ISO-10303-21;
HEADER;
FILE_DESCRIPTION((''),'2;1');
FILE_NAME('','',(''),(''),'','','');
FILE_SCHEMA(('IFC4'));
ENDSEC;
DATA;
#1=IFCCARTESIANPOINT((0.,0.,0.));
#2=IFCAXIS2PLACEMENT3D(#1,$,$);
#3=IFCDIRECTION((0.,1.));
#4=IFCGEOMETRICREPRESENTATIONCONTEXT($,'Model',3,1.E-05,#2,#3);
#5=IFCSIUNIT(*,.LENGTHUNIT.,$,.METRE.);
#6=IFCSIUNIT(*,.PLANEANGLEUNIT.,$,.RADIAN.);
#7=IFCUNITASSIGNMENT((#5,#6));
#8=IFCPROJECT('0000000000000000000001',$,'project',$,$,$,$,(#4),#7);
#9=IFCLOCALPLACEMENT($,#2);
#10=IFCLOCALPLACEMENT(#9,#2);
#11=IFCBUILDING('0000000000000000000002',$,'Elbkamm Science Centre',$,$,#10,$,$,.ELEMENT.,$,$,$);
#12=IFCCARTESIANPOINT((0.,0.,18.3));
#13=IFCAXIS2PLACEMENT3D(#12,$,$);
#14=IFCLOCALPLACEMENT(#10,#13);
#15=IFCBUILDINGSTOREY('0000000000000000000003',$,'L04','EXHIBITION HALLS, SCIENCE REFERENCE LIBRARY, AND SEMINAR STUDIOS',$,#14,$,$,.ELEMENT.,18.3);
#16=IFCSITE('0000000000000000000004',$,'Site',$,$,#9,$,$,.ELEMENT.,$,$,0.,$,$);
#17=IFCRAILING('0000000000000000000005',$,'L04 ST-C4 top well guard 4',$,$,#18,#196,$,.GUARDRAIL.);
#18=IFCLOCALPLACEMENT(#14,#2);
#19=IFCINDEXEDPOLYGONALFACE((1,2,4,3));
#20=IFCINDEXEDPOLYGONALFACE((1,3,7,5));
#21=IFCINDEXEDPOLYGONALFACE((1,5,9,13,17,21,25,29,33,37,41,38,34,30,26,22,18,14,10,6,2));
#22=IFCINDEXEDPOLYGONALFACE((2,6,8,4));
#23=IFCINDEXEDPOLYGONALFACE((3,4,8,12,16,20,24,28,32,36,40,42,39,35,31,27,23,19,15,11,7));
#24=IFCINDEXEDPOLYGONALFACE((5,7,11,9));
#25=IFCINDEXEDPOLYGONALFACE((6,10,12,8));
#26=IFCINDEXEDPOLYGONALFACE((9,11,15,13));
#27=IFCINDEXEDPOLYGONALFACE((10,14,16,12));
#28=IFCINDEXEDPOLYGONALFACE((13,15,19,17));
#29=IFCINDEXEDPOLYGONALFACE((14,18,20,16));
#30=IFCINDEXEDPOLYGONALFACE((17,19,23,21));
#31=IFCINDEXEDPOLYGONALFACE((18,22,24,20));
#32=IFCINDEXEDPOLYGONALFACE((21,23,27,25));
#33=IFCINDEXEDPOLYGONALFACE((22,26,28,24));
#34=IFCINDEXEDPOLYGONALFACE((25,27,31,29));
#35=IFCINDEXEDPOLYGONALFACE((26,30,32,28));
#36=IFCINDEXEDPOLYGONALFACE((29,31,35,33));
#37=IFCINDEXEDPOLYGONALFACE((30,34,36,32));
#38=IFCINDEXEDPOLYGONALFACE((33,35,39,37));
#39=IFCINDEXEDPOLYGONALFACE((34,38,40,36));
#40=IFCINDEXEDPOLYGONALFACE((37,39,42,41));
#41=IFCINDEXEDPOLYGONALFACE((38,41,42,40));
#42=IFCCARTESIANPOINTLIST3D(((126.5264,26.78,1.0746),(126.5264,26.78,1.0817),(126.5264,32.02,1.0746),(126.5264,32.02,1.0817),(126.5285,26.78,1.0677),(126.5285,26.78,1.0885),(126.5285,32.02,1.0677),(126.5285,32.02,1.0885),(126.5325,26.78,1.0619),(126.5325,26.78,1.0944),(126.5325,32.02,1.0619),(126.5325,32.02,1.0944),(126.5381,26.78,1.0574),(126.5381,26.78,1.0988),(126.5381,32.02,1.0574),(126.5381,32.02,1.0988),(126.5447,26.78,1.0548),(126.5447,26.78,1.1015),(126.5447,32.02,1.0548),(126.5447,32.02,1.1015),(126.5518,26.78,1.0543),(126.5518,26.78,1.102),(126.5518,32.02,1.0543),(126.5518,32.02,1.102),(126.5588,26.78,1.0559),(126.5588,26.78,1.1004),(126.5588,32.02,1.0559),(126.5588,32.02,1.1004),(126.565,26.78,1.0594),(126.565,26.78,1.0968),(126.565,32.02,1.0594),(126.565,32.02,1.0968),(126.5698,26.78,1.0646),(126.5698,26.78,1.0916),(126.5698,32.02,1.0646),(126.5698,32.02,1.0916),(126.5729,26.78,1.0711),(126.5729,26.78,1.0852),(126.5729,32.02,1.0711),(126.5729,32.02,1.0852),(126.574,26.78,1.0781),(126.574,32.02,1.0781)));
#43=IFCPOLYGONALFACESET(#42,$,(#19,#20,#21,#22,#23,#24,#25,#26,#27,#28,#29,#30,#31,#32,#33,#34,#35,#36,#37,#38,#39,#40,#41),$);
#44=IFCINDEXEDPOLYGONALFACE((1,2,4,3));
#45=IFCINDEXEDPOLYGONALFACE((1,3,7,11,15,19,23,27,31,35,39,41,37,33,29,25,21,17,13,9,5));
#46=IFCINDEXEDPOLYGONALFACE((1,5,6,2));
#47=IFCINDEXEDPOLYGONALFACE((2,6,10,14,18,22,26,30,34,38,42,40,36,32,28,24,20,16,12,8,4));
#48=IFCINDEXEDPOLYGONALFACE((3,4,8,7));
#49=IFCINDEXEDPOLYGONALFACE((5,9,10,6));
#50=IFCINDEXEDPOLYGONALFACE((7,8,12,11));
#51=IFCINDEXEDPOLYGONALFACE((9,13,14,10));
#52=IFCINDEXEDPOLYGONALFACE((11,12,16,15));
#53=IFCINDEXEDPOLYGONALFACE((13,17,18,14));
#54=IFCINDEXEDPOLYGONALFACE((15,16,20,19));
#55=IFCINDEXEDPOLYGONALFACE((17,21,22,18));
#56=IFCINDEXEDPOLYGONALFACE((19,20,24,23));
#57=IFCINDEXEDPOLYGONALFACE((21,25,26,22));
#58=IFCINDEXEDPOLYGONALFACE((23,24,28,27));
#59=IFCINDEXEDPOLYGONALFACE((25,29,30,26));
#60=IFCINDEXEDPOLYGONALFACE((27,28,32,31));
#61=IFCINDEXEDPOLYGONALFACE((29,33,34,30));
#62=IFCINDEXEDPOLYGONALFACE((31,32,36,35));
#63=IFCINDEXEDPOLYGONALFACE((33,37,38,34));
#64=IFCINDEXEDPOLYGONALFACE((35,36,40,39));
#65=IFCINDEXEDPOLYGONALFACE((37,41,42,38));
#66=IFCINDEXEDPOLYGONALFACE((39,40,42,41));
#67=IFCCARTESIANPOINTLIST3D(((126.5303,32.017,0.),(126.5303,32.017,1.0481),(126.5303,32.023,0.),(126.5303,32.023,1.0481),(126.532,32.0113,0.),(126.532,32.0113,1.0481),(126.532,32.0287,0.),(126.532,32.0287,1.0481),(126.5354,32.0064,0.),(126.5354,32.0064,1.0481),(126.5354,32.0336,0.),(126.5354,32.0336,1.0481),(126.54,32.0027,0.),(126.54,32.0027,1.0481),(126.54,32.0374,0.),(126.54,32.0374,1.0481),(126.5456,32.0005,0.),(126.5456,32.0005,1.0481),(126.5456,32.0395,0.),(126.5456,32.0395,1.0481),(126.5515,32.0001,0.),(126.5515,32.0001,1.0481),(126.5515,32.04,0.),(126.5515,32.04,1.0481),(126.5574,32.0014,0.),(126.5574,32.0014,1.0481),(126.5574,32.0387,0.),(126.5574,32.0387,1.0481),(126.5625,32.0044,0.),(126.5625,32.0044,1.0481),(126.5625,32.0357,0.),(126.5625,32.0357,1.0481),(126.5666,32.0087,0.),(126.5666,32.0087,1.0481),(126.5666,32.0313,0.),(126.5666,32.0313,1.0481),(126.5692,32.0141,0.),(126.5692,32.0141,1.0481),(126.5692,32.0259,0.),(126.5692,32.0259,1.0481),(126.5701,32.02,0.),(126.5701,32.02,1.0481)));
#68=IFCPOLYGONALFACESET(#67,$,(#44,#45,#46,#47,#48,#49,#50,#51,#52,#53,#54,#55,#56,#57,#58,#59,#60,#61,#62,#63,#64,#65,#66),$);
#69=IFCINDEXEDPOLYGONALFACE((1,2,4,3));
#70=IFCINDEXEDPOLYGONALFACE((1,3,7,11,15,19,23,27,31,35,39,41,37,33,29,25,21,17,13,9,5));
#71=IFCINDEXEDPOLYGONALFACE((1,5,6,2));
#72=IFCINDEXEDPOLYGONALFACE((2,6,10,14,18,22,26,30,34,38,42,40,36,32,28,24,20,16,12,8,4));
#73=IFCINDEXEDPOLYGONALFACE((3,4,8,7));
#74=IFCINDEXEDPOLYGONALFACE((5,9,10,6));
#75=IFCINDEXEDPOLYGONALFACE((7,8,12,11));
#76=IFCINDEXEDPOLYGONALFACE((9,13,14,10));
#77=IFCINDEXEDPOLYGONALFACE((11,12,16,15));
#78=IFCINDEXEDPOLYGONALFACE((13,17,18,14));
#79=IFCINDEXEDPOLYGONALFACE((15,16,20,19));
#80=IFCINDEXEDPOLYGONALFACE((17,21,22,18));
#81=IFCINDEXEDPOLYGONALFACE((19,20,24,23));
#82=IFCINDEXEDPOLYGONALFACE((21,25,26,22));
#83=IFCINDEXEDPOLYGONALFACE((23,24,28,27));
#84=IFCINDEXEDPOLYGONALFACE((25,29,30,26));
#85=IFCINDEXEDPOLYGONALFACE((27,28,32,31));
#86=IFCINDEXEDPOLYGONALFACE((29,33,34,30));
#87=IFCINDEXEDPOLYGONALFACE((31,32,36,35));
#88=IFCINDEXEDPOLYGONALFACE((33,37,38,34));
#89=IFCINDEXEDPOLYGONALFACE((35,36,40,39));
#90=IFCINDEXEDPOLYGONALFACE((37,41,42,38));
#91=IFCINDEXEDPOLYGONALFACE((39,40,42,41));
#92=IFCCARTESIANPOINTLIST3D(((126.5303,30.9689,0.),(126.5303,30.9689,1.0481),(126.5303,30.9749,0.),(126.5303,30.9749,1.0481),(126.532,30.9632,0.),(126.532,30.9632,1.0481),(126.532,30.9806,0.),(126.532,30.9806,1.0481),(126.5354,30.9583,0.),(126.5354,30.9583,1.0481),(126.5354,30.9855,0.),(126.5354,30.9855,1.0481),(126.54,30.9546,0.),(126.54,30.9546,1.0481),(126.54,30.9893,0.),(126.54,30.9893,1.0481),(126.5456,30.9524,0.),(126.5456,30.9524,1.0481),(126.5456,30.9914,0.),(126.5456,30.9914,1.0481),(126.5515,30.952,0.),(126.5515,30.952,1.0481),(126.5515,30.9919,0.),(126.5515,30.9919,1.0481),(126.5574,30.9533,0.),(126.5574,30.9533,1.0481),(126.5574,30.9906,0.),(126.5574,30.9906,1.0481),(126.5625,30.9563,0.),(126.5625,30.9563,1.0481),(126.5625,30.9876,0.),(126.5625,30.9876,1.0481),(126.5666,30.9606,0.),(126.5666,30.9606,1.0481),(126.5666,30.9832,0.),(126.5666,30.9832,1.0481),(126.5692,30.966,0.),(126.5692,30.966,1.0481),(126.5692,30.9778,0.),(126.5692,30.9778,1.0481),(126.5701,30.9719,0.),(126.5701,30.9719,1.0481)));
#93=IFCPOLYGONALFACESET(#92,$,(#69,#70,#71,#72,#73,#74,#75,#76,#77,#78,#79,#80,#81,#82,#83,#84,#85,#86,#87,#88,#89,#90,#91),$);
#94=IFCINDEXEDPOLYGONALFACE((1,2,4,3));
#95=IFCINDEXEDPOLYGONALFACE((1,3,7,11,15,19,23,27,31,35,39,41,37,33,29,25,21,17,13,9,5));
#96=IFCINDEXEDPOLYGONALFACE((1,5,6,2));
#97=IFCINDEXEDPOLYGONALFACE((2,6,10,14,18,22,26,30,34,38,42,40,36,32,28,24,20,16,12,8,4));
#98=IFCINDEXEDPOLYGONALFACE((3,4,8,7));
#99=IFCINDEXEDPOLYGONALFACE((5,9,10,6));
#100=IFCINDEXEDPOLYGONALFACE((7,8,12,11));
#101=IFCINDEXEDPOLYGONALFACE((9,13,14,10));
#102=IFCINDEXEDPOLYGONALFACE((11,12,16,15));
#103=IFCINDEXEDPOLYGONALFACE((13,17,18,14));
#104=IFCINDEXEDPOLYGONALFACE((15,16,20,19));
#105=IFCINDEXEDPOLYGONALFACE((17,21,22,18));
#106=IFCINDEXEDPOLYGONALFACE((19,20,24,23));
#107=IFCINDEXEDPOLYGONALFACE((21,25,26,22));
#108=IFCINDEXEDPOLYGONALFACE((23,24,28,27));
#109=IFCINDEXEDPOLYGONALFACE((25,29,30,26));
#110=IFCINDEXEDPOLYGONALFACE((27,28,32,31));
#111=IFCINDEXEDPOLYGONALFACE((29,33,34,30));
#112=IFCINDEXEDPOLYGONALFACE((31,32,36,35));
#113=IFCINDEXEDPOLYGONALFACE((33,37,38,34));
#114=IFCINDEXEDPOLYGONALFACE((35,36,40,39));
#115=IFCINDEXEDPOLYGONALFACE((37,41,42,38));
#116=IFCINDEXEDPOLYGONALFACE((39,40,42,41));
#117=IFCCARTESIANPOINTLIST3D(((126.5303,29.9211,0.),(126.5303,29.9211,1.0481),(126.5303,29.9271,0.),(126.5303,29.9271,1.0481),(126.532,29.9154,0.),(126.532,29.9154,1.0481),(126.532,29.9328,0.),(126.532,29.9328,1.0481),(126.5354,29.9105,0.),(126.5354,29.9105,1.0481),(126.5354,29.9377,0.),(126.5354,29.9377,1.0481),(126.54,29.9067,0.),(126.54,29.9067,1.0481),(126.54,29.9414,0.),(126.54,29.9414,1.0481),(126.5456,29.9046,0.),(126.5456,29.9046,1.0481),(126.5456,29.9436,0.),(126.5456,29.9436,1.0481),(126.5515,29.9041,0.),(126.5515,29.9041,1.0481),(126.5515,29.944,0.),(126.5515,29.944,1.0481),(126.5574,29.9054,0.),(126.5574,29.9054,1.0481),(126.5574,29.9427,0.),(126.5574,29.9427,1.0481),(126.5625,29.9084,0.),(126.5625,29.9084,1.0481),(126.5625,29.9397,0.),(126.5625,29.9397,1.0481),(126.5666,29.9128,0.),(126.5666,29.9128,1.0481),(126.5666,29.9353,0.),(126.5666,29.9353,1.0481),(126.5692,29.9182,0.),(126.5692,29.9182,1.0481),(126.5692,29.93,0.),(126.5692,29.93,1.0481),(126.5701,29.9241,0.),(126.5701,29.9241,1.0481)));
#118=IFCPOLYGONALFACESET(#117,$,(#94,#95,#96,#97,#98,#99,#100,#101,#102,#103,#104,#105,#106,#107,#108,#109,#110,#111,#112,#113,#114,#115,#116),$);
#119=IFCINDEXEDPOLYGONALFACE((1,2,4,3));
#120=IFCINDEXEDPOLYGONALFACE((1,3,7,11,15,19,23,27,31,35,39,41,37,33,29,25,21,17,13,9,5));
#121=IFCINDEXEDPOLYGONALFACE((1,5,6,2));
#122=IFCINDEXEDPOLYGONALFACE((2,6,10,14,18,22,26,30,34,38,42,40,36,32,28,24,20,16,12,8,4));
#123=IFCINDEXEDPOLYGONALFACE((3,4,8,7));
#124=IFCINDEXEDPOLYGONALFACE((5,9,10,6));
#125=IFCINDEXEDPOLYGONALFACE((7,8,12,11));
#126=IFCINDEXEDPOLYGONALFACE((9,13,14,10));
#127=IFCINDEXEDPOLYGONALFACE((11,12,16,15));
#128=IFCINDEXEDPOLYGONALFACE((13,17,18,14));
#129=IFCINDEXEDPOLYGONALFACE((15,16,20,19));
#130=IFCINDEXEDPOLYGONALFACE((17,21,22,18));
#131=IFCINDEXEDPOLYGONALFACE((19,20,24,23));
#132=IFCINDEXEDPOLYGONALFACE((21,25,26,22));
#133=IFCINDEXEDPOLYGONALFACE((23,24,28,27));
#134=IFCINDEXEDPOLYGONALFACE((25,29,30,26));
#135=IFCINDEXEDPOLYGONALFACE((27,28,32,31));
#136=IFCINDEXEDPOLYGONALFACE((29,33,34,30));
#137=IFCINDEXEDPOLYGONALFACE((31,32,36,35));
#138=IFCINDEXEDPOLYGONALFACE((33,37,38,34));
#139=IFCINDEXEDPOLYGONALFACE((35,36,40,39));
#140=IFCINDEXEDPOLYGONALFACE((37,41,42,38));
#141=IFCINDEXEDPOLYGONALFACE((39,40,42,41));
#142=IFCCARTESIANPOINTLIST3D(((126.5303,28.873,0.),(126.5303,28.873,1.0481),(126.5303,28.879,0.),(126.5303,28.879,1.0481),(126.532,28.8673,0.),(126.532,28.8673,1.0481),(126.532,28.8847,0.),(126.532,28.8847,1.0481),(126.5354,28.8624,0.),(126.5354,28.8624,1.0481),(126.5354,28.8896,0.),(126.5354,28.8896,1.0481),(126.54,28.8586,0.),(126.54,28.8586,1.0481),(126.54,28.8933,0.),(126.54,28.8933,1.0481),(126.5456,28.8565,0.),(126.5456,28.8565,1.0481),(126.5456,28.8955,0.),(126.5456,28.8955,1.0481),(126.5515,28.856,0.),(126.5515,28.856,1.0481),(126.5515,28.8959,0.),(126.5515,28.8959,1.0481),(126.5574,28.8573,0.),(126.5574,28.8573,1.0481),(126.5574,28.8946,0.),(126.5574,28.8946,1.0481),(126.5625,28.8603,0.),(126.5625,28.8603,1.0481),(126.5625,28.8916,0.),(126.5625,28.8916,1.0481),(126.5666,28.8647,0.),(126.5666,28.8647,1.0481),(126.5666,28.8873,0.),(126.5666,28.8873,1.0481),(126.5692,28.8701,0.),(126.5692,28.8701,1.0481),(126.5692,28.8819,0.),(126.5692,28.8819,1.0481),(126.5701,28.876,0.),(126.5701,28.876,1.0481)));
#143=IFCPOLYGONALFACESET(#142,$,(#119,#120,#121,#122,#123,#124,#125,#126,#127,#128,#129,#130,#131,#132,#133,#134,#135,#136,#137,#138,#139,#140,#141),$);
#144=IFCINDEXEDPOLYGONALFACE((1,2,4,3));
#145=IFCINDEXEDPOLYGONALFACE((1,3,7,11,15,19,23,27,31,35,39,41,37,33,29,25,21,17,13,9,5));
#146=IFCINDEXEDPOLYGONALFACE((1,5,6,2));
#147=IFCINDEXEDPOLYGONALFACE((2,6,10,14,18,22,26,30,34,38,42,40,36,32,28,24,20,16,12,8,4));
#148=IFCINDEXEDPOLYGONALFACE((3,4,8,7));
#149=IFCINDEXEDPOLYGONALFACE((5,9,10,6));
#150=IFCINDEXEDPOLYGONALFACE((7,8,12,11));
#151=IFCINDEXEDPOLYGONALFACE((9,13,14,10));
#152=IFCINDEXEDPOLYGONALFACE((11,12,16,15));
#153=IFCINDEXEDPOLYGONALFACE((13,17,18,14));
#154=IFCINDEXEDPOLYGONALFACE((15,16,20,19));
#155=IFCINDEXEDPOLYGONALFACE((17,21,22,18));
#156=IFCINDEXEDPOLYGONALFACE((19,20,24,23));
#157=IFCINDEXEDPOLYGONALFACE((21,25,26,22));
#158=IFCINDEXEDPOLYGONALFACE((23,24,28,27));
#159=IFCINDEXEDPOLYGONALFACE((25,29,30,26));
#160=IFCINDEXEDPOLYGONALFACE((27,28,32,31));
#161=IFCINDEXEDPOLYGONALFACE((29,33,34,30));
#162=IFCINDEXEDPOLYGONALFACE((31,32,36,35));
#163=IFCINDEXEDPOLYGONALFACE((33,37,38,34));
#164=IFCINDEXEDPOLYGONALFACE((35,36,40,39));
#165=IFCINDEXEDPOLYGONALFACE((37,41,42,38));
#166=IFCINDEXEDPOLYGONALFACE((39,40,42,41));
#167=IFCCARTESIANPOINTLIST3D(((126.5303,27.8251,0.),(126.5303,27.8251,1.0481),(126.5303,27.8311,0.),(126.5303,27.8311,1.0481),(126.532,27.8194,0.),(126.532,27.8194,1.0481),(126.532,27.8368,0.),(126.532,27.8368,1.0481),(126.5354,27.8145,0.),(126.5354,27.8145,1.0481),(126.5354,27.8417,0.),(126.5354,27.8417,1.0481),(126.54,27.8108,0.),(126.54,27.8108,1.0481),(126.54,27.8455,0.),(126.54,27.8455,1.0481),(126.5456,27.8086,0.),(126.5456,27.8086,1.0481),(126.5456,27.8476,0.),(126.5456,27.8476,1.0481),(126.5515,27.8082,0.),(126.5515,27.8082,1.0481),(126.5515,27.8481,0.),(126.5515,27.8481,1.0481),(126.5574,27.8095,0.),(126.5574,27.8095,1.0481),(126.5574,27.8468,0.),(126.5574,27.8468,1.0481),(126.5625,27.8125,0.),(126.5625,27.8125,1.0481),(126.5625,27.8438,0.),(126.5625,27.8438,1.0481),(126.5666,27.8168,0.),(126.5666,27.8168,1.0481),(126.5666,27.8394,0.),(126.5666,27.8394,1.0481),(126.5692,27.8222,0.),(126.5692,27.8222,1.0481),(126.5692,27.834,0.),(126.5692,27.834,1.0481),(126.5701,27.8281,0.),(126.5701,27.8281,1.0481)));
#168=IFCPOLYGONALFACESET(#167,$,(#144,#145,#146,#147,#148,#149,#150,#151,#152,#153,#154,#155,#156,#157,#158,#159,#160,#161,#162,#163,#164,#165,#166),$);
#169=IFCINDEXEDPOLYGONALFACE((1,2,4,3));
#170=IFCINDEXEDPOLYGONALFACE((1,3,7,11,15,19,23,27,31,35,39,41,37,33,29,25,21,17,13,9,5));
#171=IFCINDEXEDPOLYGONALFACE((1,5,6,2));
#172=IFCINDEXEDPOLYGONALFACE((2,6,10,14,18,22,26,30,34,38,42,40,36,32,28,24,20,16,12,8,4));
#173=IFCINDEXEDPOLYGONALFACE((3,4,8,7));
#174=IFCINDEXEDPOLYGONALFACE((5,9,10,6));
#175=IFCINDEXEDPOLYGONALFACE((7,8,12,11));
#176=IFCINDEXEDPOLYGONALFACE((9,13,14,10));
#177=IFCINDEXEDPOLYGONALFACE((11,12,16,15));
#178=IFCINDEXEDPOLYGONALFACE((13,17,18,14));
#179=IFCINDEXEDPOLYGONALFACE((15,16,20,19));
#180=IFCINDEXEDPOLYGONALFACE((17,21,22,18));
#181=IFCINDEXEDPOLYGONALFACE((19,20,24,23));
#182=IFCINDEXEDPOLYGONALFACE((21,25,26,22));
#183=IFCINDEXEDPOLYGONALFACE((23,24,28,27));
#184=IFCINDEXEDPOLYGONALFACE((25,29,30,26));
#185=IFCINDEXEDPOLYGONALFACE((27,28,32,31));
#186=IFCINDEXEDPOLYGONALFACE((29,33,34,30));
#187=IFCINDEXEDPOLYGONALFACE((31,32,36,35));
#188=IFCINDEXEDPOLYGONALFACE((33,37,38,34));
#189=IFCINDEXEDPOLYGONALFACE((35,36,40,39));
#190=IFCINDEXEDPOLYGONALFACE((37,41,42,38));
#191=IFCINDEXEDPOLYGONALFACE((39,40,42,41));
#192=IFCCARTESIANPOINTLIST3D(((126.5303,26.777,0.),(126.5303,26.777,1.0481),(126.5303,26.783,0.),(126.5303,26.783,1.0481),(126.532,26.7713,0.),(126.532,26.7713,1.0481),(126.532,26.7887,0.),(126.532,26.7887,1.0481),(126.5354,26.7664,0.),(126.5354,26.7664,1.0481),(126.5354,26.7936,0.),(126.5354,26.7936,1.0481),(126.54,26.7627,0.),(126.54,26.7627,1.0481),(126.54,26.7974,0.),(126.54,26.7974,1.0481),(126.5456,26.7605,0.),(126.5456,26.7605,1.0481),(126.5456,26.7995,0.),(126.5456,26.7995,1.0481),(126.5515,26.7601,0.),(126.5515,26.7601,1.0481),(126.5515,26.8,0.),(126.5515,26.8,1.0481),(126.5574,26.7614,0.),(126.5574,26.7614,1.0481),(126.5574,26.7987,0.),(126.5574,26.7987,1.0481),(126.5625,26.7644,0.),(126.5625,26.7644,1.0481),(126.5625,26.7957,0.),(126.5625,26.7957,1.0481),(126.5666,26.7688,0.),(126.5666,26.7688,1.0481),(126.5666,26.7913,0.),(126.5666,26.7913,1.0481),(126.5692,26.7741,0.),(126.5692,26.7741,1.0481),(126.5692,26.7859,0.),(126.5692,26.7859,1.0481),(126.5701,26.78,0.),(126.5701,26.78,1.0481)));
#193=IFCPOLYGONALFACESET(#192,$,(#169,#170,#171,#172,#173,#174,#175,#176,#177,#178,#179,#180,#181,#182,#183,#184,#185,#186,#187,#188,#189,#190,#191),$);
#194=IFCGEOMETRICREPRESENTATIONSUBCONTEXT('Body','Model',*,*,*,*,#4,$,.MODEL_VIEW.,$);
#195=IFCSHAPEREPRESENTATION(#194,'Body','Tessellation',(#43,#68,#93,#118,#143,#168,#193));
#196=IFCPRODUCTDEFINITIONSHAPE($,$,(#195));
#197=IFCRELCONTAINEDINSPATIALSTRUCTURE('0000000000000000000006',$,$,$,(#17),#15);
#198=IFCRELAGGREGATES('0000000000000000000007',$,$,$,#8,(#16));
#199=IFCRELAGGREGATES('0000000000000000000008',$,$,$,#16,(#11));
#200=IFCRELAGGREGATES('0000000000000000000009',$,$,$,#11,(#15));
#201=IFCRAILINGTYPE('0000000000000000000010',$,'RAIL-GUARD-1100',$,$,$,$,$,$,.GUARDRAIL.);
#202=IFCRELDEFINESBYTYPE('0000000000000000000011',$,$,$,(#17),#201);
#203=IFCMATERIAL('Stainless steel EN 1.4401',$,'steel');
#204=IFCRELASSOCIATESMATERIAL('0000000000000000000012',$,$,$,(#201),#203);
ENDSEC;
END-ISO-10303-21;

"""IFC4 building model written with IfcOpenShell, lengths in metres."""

from ifc_helpers import new_model, si_unit, direction, frame, origin, origin_2d, place, context, subcontext, project, spatial, circle, extrude, material, type_object, element, save


model = new_model("IFC4")

# Units and contexts
model_context = context("Model", 3, precision=1e-05, world=origin(), true_north=direction((0.0, 1.0)))
body_context = subcontext(model_context, "Body", "Model", "MODEL_VIEW")
ifc_project = project(units=[si_unit("LENGTHUNIT", "METRE"), si_unit("PLANEANGLEUNIT", "RADIAN")], contexts=[model_context])

# Site, building, storey
site_placement = place(None, origin())
site = spatial("IfcSite", under=ifc_project, at=site_placement, Name="Site", CompositionType="ELEMENT", RefElevation=0.0)
building_placement = place(site_placement, origin())
building = spatial("IfcBuilding", under=site, at=building_placement, Name="Elbkamm Science Centre", CompositionType="ELEMENT")
storey_placement = place(building_placement, frame((0.0, 0.0, 18.3)))
storey = spatial("IfcBuildingStorey", under=building, at=storey_placement, Name="L04", Description="EXHIBITION HALLS, SCIENCE REFERENCE LIBRARY, AND SEMINAR STUDIOS", CompositionType="ELEMENT", Elevation=18.3)

# Railing
ifc_material_1 = material(Name="Stainless steel EN 1.4401", Category="steel")
railing_type_1 = type_object("IfcRailingType", Name="RAIL-GUARD-1100", PredefinedType="GUARDRAIL", material=ifc_material_1)
railing_1_placement = place(storey_placement, frame((126.55, 32.02, 0.0)))
element("IfcRailing", 1, at=railing_1_placement, inside=storey, type_object=railing_type_1, Name="L04 ST-C4 top well guard 4", PredefinedType="GUARDRAIL", context=body_context, shape_type="SweptSolid", body=[
    extrude(circle(Radius=0.0239, at=origin_2d()), frame((0.0, 0.0, 1.0781), z_axis=(0.0, -1.0, 0.0), x_axis=(1.0, 0.0, 0.0)), (0.0, 0.0, 1.0), 5.24),
    extrude(circle(Radius=0.02, at=origin_2d()), origin(), (0.0, 0.0, 1.0), 1.0481),
    extrude(circle(Radius=0.02, at=origin_2d()), frame((0.0, -1.0481, 0.0)), (0.0, 0.0, 1.0), 1.0481),
    extrude(circle(Radius=0.02, at=origin_2d()), frame((0.0, -2.0959, 0.0)), (0.0, 0.0, 1.0), 1.0481),
    extrude(circle(Radius=0.02, at=origin_2d()), frame((0.0, -3.144, 0.0)), (0.0, 0.0, 1.0), 1.0481),
    extrude(circle(Radius=0.02, at=origin_2d()), frame((0.0, -4.1919, 0.0)), (0.0, 0.0, 1.0), 1.0481),
    extrude(circle(Radius=0.02, at=origin_2d()), frame((0.0, -5.24, 0.0)), (0.0, 0.0, 1.0), 1.0481),
])

save(model, "model.ifc")
